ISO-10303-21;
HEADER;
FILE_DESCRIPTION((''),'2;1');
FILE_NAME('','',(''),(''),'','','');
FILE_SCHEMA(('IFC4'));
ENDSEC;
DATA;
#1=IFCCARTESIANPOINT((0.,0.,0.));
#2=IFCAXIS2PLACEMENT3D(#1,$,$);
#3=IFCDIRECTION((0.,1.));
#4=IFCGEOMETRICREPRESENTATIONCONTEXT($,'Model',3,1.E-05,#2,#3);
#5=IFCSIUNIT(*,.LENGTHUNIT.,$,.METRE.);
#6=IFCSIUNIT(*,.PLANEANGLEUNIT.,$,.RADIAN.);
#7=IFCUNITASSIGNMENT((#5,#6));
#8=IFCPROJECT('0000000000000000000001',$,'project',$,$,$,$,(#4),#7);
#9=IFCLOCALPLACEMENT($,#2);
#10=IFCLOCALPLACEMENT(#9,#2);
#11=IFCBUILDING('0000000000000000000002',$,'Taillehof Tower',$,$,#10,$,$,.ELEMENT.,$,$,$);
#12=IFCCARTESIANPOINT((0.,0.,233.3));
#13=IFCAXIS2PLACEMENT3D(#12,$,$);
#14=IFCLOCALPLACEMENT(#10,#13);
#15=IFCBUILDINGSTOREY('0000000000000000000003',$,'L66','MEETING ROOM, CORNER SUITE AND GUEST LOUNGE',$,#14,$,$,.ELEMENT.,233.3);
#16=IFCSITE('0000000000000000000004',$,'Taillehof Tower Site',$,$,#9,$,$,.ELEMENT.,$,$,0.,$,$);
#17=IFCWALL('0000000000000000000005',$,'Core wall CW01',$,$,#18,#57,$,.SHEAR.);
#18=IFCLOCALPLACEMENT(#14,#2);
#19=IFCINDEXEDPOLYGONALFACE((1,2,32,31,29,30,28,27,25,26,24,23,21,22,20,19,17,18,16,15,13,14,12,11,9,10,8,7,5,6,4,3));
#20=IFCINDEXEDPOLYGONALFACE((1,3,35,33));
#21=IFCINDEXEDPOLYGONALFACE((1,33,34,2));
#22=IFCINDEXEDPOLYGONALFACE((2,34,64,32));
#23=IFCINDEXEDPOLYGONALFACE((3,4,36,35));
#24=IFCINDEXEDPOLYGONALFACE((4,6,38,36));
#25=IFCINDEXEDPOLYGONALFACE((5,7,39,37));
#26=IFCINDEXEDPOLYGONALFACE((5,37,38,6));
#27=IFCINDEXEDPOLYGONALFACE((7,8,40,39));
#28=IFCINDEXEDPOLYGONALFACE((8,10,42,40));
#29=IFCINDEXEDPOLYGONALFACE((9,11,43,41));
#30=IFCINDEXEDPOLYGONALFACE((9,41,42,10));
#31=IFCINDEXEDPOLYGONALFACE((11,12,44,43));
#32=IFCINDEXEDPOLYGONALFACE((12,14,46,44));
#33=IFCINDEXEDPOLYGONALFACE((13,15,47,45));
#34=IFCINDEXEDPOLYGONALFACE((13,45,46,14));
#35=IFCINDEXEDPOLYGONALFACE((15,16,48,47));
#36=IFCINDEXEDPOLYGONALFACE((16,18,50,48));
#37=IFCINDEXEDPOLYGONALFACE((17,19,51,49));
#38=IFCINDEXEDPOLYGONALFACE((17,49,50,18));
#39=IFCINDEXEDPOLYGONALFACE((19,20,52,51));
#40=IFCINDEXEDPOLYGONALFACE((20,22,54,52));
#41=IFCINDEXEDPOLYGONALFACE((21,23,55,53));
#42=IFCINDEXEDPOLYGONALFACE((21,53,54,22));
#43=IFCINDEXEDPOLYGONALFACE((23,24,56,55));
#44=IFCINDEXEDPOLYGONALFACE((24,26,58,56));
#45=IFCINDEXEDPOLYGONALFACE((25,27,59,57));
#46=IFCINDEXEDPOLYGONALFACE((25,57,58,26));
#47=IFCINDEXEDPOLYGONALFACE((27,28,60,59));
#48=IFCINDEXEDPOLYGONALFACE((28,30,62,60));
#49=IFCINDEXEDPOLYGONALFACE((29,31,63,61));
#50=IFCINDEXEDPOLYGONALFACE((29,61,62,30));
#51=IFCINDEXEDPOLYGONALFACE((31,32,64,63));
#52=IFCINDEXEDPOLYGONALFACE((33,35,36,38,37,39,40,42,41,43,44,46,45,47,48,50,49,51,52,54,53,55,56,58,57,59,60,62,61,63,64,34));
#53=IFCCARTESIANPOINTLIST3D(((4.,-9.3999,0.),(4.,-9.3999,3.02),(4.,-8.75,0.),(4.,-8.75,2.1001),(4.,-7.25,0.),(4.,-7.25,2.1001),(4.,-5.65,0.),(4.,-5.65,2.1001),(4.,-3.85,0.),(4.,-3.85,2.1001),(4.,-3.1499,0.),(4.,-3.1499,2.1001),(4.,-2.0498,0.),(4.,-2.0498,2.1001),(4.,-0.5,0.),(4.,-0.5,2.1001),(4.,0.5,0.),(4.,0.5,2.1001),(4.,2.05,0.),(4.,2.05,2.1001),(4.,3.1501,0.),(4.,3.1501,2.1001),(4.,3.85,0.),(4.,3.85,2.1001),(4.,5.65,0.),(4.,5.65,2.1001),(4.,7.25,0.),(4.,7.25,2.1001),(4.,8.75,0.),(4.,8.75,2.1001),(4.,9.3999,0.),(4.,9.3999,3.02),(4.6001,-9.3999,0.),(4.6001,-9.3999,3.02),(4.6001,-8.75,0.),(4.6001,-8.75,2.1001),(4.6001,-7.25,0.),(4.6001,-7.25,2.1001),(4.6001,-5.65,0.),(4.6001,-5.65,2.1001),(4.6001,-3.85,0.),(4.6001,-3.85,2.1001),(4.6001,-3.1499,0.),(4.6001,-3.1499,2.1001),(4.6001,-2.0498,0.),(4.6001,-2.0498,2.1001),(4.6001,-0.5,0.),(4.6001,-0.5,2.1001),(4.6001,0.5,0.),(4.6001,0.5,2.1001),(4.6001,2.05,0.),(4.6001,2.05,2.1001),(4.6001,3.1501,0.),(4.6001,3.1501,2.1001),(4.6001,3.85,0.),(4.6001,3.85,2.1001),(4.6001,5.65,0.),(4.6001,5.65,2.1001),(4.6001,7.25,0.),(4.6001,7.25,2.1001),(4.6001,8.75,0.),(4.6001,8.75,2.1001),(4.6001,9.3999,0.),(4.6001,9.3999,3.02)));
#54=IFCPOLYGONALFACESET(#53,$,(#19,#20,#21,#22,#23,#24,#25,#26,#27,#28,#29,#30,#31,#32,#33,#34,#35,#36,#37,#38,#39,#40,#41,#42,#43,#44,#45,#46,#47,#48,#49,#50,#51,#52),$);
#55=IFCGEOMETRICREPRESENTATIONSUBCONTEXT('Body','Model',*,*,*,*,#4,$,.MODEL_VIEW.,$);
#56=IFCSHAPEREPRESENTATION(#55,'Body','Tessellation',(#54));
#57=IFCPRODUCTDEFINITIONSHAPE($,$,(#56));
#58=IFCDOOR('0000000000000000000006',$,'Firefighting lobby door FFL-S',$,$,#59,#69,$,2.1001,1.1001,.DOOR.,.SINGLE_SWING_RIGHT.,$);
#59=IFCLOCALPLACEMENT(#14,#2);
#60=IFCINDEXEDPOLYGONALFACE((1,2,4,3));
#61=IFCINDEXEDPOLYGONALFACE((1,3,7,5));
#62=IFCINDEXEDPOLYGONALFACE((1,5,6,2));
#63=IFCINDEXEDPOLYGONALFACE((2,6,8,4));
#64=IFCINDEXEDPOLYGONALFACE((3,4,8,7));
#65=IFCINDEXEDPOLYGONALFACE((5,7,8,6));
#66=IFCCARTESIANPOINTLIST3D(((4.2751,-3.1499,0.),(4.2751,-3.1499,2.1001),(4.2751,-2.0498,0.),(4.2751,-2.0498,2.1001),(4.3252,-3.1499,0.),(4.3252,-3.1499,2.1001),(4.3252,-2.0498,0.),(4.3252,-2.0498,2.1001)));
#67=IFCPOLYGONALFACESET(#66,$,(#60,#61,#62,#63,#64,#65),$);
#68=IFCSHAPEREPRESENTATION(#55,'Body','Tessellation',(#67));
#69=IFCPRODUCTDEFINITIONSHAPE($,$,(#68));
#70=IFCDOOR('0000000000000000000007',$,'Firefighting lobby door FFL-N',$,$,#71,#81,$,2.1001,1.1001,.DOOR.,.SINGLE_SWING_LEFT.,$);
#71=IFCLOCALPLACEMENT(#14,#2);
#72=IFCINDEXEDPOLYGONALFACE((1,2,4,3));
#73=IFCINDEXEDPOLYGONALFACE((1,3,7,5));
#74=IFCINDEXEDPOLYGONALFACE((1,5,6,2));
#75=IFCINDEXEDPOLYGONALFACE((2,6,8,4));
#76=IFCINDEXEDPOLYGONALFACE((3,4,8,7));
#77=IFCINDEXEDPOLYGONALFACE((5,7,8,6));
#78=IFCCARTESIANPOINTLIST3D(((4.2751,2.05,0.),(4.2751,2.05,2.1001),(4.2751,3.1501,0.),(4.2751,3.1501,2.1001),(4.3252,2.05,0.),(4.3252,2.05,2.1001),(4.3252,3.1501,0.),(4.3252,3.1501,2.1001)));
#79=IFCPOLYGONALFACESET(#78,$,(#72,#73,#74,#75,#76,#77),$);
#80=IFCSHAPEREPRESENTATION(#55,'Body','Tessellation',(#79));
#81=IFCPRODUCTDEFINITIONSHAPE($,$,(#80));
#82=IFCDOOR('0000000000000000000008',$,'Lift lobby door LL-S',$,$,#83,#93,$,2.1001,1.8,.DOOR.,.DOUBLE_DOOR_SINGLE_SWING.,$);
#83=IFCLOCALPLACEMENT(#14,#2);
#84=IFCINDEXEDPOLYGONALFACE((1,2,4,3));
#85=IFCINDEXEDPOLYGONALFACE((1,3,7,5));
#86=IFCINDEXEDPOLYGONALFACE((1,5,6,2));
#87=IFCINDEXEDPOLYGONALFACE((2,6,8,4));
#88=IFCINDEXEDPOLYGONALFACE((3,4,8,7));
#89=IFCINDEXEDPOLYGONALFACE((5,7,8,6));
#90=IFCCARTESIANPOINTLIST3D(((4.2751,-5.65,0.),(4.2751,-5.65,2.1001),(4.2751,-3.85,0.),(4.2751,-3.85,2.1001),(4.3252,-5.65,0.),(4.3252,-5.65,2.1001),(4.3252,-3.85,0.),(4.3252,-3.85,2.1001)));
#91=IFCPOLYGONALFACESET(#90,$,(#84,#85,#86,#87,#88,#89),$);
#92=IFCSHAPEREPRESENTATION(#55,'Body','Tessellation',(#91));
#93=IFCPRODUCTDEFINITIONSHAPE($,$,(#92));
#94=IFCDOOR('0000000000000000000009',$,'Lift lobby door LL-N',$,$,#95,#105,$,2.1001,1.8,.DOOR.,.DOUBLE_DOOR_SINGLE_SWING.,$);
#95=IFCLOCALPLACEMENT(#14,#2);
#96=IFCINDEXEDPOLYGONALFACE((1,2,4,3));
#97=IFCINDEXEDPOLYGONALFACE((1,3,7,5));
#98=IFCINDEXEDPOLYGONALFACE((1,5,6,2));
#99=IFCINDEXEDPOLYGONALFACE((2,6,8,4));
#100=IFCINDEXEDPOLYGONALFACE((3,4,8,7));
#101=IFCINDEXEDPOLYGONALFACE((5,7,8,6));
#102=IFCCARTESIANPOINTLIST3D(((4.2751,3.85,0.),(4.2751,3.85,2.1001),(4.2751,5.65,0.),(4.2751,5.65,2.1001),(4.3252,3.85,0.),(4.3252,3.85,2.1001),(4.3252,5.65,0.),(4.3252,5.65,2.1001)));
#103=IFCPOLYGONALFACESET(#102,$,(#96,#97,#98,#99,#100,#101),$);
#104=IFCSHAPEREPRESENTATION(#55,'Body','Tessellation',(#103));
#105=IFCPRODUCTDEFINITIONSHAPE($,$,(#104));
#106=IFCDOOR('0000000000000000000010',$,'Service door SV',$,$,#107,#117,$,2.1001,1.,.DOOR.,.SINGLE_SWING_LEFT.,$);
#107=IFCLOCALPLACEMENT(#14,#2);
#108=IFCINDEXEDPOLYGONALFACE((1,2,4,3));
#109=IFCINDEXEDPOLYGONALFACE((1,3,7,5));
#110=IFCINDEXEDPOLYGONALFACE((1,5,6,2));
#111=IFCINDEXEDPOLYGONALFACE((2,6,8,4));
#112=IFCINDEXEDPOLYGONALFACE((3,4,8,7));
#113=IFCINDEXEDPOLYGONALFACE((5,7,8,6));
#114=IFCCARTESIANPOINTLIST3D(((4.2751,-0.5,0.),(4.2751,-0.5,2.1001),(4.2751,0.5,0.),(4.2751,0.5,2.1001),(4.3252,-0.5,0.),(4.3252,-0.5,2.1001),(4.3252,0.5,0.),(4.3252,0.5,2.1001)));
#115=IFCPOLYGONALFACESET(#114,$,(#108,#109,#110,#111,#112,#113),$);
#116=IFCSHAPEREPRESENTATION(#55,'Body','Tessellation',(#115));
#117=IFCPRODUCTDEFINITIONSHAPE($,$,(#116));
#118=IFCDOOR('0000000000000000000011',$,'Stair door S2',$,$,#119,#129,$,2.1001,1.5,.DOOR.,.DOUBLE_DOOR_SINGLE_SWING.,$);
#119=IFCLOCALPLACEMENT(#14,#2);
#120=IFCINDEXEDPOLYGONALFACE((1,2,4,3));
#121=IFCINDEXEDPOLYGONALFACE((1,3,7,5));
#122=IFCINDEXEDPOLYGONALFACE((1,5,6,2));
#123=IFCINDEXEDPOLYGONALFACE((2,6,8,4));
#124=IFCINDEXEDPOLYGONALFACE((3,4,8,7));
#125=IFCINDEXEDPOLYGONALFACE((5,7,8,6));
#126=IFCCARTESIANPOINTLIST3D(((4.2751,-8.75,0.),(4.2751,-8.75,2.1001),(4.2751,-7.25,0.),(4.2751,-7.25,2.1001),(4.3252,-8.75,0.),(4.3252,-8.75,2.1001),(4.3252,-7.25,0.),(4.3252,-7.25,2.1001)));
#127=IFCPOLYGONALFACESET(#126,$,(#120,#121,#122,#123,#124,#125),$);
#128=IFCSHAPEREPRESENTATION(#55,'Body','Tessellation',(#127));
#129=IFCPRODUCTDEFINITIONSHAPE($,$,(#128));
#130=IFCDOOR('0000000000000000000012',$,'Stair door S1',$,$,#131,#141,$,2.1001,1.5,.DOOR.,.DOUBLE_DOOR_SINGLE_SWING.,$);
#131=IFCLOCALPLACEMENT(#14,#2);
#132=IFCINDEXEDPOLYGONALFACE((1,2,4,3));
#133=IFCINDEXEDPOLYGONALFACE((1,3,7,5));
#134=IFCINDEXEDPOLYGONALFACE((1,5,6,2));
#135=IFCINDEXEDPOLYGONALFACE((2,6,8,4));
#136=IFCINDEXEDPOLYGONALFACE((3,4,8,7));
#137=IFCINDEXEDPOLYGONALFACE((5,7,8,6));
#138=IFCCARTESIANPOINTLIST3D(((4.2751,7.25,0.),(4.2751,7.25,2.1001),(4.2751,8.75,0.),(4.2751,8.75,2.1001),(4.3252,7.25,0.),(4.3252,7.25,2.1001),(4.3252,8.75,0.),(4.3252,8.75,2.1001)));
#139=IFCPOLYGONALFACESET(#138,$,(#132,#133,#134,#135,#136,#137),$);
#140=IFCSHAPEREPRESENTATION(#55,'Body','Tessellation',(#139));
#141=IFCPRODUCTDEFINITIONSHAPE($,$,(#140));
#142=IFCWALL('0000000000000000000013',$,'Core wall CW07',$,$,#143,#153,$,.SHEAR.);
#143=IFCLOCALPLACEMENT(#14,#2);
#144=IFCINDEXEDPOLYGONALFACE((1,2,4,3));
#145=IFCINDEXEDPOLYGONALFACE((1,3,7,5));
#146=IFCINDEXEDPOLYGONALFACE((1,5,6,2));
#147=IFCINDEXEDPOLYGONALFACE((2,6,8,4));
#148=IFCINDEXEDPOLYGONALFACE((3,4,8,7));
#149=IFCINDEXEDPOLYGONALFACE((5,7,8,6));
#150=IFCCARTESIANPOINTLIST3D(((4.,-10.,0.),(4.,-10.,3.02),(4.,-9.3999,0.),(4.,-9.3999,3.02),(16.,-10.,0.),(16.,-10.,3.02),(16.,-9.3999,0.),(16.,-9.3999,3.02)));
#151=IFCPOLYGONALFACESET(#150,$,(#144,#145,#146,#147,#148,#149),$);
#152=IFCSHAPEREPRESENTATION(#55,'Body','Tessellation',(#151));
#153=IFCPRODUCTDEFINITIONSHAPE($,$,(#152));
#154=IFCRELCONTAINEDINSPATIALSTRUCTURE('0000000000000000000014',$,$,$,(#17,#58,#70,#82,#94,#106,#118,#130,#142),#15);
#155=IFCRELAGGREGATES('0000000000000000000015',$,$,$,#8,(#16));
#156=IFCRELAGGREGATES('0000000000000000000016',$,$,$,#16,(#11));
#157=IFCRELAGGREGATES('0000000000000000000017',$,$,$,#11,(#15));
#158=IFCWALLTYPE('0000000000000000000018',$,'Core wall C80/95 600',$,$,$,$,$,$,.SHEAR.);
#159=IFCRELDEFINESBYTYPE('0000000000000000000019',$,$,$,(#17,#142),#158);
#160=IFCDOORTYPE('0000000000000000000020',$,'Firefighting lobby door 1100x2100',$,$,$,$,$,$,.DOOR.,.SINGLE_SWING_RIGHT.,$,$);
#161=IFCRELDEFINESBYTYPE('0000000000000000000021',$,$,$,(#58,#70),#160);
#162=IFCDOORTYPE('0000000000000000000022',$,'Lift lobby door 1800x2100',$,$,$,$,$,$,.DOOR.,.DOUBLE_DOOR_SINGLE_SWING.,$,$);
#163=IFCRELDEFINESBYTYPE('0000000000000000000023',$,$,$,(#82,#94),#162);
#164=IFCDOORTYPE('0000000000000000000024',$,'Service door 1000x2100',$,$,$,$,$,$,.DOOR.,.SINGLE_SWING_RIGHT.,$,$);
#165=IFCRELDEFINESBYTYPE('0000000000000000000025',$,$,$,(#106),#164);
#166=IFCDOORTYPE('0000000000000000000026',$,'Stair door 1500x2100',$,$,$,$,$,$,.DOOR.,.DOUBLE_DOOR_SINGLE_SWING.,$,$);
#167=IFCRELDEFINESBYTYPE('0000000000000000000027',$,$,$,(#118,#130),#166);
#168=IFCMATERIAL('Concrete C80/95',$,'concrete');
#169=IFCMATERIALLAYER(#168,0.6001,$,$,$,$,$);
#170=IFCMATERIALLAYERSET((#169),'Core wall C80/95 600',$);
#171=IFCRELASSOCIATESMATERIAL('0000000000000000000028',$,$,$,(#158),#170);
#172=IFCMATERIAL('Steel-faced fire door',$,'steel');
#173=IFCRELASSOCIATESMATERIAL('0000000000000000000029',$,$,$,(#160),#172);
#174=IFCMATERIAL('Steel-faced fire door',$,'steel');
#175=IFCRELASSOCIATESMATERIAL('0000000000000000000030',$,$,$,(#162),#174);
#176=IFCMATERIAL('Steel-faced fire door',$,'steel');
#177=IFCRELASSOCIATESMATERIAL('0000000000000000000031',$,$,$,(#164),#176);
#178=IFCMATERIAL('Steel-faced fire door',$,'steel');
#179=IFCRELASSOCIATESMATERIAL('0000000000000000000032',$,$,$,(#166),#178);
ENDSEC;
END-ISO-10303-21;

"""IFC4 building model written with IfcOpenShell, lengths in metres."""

from ifc_helpers import new_model, si_unit, direction, frame, frame_2d, origin, place, context, subcontext, project, spatial, rectangle, extrude, material, layer, layer_set, type_object, element, fill, save


model = new_model("IFC4")

# Units and contexts
model_context = context("Model", 3, precision=1e-05, world=origin(), true_north=direction((0.0, 1.0)))
body_context = subcontext(model_context, "Body", "Model", "MODEL_VIEW")
ifc_project = project(units=[si_unit("LENGTHUNIT", "METRE"), si_unit("PLANEANGLEUNIT", "RADIAN")], contexts=[model_context])

# Site, building, storey
site_placement = place(None, origin())
site = spatial("IfcSite", under=ifc_project, at=site_placement, Name="Taillehof Tower Site", CompositionType="ELEMENT", RefElevation=0.0)
building_placement = place(site_placement, origin())
building = spatial("IfcBuilding", under=site, at=building_placement, Name="Taillehof Tower", CompositionType="ELEMENT")
storey_placement = place(building_placement, frame((0.0, 0.0, 233.3)))
storey = spatial("IfcBuildingStorey", under=building, at=storey_placement, Name="L66", Description="MEETING ROOM, CORNER SUITE AND GUEST LOUNGE", CompositionType="ELEMENT", Elevation=233.3)

# Wall, openings, doors
ifc_material_1 = material(Name="Concrete C80/95", Category="concrete")
ifc_layer_1 = layer(ifc_material_1, 0.6001)
ifc_layer_set_1 = layer_set([ifc_layer_1], Name="Core wall C80/95 600")
wall_type_1 = type_object("IfcWallType", Name="Core wall C80/95 600", PredefinedType="SHEAR", material=ifc_layer_set_1)
wall_1_placement = place(storey_placement, frame((4.3, -9.3999, 0.0), z_axis=(0.0, 0.0, 1.0), x_axis=(0.0, 1.0, 0.0)))
wall_1 = element("IfcWall", 1, at=wall_1_placement, inside=storey, type_object=wall_type_1, Name="Core wall CW01", PredefinedType="SHEAR", context=body_context, shape_type="SweptSolid", body=[
    extrude(rectangle(XDim=18.7998, YDim=0.6001, at=frame_2d((9.3999, 0.0))), origin(), (0.0, 0.0, 1.0), 3.02),
])
opening_1_placement = place(wall_1_placement, frame((0.6499, 0.0, 0.0)))
opening_1 = element("IfcOpeningElement", 2, at=opening_1_placement, cuts=wall_1, PredefinedType="OPENING", context=body_context, shape_type="SweptSolid", body=[
    extrude(rectangle(XDim=1.5, YDim=2.1001, at=frame_2d((0.75, 1.05))), frame((0.0, 0.3101, 0.0), z_axis=(0.0, -1.0, 0.0), x_axis=(1.0, 0.0, 0.0)), (0.0, 0.0, 1.0), 0.6201),
])
opening_2_placement = place(wall_1_placement, frame((3.75, 0.0, 0.0)))
opening_2 = element("IfcOpeningElement", 3, at=opening_2_placement, cuts=wall_1, PredefinedType="OPENING", context=body_context, shape_type="SweptSolid", body=[
    extrude(rectangle(XDim=1.8, YDim=2.1001, at=frame_2d((0.8999, 1.05))), frame((0.0, 0.3101, 0.0), z_axis=(0.0, -1.0, 0.0), x_axis=(1.0, 0.0, 0.0)), (0.0, 0.0, 1.0), 0.6201),
])
opening_3_placement = place(wall_1_placement, frame((6.25, 0.0, 0.0)))
opening_3 = element("IfcOpeningElement", 4, at=opening_3_placement, cuts=wall_1, PredefinedType="OPENING", context=body_context, shape_type="SweptSolid", body=[
    extrude(rectangle(XDim=1.1001, YDim=2.1001, at=frame_2d((0.55, 1.05))), frame((0.0, 0.3101, 0.0), z_axis=(0.0, -1.0, 0.0), x_axis=(1.0, 0.0, 0.0)), (0.0, 0.0, 1.0), 0.6201),
])
opening_4_placement = place(wall_1_placement, frame((8.8999, 0.0, 0.0)))
opening_4 = element("IfcOpeningElement", 5, at=opening_4_placement, cuts=wall_1, PredefinedType="OPENING", context=body_context, shape_type="SweptSolid", body=[
    extrude(rectangle(XDim=1.0, YDim=2.1001, at=frame_2d((0.5, 1.05))), frame((0.0, 0.3101, 0.0), z_axis=(0.0, -1.0, 0.0), x_axis=(1.0, 0.0, 0.0)), (0.0, 0.0, 1.0), 0.6201),
])
opening_5_placement = place(wall_1_placement, frame((11.45, 0.0, 0.0)))
opening_5 = element("IfcOpeningElement", 6, at=opening_5_placement, cuts=wall_1, PredefinedType="OPENING", context=body_context, shape_type="SweptSolid", body=[
    extrude(rectangle(XDim=1.1001, YDim=2.1001, at=frame_2d((0.55, 1.05))), frame((0.0, 0.3101, 0.0), z_axis=(0.0, -1.0, 0.0), x_axis=(1.0, 0.0, 0.0)), (0.0, 0.0, 1.0), 0.6201),
])
opening_6_placement = place(wall_1_placement, frame((13.25, 0.0, 0.0)))
opening_6 = element("IfcOpeningElement", 7, at=opening_6_placement, cuts=wall_1, PredefinedType="OPENING", context=body_context, shape_type="SweptSolid", body=[
    extrude(rectangle(XDim=1.8, YDim=2.1001, at=frame_2d((0.8999, 1.05))), frame((0.0, 0.3101, 0.0), z_axis=(0.0, -1.0, 0.0), x_axis=(1.0, 0.0, 0.0)), (0.0, 0.0, 1.0), 0.6201),
])
opening_7_placement = place(wall_1_placement, frame((16.6499, 0.0, 0.0)))
opening_7 = element("IfcOpeningElement", 8, at=opening_7_placement, cuts=wall_1, PredefinedType="OPENING", context=body_context, shape_type="SweptSolid", body=[
    extrude(rectangle(XDim=1.5, YDim=2.1001, at=frame_2d((0.75, 1.05))), frame((0.0, 0.3101, 0.0), z_axis=(0.0, -1.0, 0.0), x_axis=(1.0, 0.0, 0.0)), (0.0, 0.0, 1.0), 0.6201),
])
ifc_material_2 = material(Name="Steel-faced fire door", Category="steel")
door_type_1 = type_object("IfcDoorType", Name="Firefighting lobby door 1100x2100", OperationType="SINGLE_SWING_RIGHT", PredefinedType="DOOR", material=ifc_material_2)
door_1_placement = place(opening_3_placement, origin())
door_1 = element("IfcDoor", 9, at=door_1_placement, inside=storey, type_object=door_type_1, Name="Firefighting lobby door FFL-S", OperationType="SINGLE_SWING_RIGHT", OverallHeight=2.1001, OverallWidth=1.1001, PredefinedType="DOOR", context=body_context, shape_type="SweptSolid", body=[
    extrude(rectangle(XDim=1.1001, YDim=2.1001, at=frame_2d((0.55, 1.05))), frame((0.0, 0.0249, 0.0), z_axis=(0.0, -1.0, 0.0), x_axis=(1.0, 0.0, 0.0)), (0.0, 0.0, 1.0), 0.05),
])
fill(opening_3, door_1)
door_2_placement = place(opening_5_placement, origin())
door_2 = element("IfcDoor", 10, at=door_2_placement, inside=storey, type_object=door_type_1, Name="Firefighting lobby door FFL-N", OperationType="SINGLE_SWING_LEFT", OverallHeight=2.1001, OverallWidth=1.1001, PredefinedType="DOOR", context=body_context, shape_type="SweptSolid", body=[
    extrude(rectangle(XDim=1.1001, YDim=2.1001, at=frame_2d((0.55, 1.05))), frame((0.0, 0.0249, 0.0), z_axis=(0.0, -1.0, 0.0), x_axis=(1.0, 0.0, 0.0)), (0.0, 0.0, 1.0), 0.05),
])
fill(opening_5, door_2)
ifc_material_3 = material(Name="Steel-faced fire door", Category="steel")
door_type_2 = type_object("IfcDoorType", Name="Lift lobby door 1800x2100", OperationType="DOUBLE_DOOR_SINGLE_SWING", PredefinedType="DOOR", material=ifc_material_3)
door_3_placement = place(opening_2_placement, origin())
door_3 = element("IfcDoor", 11, at=door_3_placement, inside=storey, type_object=door_type_2, Name="Lift lobby door LL-S", OperationType="DOUBLE_DOOR_SINGLE_SWING", OverallHeight=2.1001, OverallWidth=1.8, PredefinedType="DOOR", context=body_context, shape_type="SweptSolid", body=[
    extrude(rectangle(XDim=1.8, YDim=2.1001, at=frame_2d((0.8999, 1.05))), frame((0.0, 0.0249, 0.0), z_axis=(0.0, -1.0, 0.0), x_axis=(1.0, 0.0, 0.0)), (0.0, 0.0, 1.0), 0.05),
])
fill(opening_2, door_3)
door_4_placement = place(opening_6_placement, origin())
door_4 = element("IfcDoor", 12, at=door_4_placement, inside=storey, type_object=door_type_2, Name="Lift lobby door LL-N", OperationType="DOUBLE_DOOR_SINGLE_SWING", OverallHeight=2.1001, OverallWidth=1.8, PredefinedType="DOOR", context=body_context, shape_type="SweptSolid", body=[
    extrude(rectangle(XDim=1.8, YDim=2.1001, at=frame_2d((0.8999, 1.05))), frame((0.0, 0.0249, 0.0), z_axis=(0.0, -1.0, 0.0), x_axis=(1.0, 0.0, 0.0)), (0.0, 0.0, 1.0), 0.05),
])
fill(opening_6, door_4)
ifc_material_4 = material(Name="Steel-faced fire door", Category="steel")
door_type_3 = type_object("IfcDoorType", Name="Service door 1000x2100", OperationType="SINGLE_SWING_RIGHT", PredefinedType="DOOR", material=ifc_material_4)
door_5_placement = place(opening_4_placement, origin())
door_5 = element("IfcDoor", 13, at=door_5_placement, inside=storey, type_object=door_type_3, Name="Service door SV", OperationType="SINGLE_SWING_LEFT", OverallHeight=2.1001, OverallWidth=1.0, PredefinedType="DOOR", context=body_context, shape_type="SweptSolid", body=[
    extrude(rectangle(XDim=1.0, YDim=2.1001, at=frame_2d((0.5, 1.05))), frame((0.0, 0.0249, 0.0), z_axis=(0.0, -1.0, 0.0), x_axis=(1.0, 0.0, 0.0)), (0.0, 0.0, 1.0), 0.05),
])
fill(opening_4, door_5)
ifc_material_5 = material(Name="Steel-faced fire door", Category="steel")
door_type_4 = type_object("IfcDoorType", Name="Stair door 1500x2100", OperationType="DOUBLE_DOOR_SINGLE_SWING", PredefinedType="DOOR", material=ifc_material_5)
door_6_placement = place(opening_1_placement, origin())
door_6 = element("IfcDoor", 14, at=door_6_placement, inside=storey, type_object=door_type_4, Name="Stair door S2", OperationType="DOUBLE_DOOR_SINGLE_SWING", OverallHeight=2.1001, OverallWidth=1.5, PredefinedType="DOOR", context=body_context, shape_type="SweptSolid", body=[
    extrude(rectangle(XDim=1.5, YDim=2.1001, at=frame_2d((0.75, 1.05))), frame((0.0, 0.0249, 0.0), z_axis=(0.0, -1.0, 0.0), x_axis=(1.0, 0.0, 0.0)), (0.0, 0.0, 1.0), 0.05),
])
fill(opening_1, door_6)
door_7_placement = place(opening_7_placement, origin())
door_7 = element("IfcDoor", 15, at=door_7_placement, inside=storey, type_object=door_type_4, Name="Stair door S1", OperationType="DOUBLE_DOOR_SINGLE_SWING", OverallHeight=2.1001, OverallWidth=1.5, PredefinedType="DOOR", context=body_context, shape_type="SweptSolid", body=[
    extrude(rectangle(XDim=1.5, YDim=2.1001, at=frame_2d((0.75, 1.05))), frame((0.0, 0.0249, 0.0), z_axis=(0.0, -1.0, 0.0), x_axis=(1.0, 0.0, 0.0)), (0.0, 0.0, 1.0), 0.05),
])
fill(opening_7, door_7)

# Wall
wall_2_placement = place(storey_placement, frame((4.0, -9.7, 0.0), z_axis=(0.0, 0.0, 1.0), x_axis=(1.0, 0.0, 0.0)))
element("IfcWall", 16, at=wall_2_placement, inside=storey, type_object=wall_type_1, Name="Core wall CW07", PredefinedType="SHEAR", context=body_context, shape_type="SweptSolid", body=[
    extrude(rectangle(XDim=12.0, YDim=0.6001, at=frame_2d((6.0, 0.0))), origin(), (0.0, 0.0, 1.0), 3.02),
])

save(model, "model.ifc")
